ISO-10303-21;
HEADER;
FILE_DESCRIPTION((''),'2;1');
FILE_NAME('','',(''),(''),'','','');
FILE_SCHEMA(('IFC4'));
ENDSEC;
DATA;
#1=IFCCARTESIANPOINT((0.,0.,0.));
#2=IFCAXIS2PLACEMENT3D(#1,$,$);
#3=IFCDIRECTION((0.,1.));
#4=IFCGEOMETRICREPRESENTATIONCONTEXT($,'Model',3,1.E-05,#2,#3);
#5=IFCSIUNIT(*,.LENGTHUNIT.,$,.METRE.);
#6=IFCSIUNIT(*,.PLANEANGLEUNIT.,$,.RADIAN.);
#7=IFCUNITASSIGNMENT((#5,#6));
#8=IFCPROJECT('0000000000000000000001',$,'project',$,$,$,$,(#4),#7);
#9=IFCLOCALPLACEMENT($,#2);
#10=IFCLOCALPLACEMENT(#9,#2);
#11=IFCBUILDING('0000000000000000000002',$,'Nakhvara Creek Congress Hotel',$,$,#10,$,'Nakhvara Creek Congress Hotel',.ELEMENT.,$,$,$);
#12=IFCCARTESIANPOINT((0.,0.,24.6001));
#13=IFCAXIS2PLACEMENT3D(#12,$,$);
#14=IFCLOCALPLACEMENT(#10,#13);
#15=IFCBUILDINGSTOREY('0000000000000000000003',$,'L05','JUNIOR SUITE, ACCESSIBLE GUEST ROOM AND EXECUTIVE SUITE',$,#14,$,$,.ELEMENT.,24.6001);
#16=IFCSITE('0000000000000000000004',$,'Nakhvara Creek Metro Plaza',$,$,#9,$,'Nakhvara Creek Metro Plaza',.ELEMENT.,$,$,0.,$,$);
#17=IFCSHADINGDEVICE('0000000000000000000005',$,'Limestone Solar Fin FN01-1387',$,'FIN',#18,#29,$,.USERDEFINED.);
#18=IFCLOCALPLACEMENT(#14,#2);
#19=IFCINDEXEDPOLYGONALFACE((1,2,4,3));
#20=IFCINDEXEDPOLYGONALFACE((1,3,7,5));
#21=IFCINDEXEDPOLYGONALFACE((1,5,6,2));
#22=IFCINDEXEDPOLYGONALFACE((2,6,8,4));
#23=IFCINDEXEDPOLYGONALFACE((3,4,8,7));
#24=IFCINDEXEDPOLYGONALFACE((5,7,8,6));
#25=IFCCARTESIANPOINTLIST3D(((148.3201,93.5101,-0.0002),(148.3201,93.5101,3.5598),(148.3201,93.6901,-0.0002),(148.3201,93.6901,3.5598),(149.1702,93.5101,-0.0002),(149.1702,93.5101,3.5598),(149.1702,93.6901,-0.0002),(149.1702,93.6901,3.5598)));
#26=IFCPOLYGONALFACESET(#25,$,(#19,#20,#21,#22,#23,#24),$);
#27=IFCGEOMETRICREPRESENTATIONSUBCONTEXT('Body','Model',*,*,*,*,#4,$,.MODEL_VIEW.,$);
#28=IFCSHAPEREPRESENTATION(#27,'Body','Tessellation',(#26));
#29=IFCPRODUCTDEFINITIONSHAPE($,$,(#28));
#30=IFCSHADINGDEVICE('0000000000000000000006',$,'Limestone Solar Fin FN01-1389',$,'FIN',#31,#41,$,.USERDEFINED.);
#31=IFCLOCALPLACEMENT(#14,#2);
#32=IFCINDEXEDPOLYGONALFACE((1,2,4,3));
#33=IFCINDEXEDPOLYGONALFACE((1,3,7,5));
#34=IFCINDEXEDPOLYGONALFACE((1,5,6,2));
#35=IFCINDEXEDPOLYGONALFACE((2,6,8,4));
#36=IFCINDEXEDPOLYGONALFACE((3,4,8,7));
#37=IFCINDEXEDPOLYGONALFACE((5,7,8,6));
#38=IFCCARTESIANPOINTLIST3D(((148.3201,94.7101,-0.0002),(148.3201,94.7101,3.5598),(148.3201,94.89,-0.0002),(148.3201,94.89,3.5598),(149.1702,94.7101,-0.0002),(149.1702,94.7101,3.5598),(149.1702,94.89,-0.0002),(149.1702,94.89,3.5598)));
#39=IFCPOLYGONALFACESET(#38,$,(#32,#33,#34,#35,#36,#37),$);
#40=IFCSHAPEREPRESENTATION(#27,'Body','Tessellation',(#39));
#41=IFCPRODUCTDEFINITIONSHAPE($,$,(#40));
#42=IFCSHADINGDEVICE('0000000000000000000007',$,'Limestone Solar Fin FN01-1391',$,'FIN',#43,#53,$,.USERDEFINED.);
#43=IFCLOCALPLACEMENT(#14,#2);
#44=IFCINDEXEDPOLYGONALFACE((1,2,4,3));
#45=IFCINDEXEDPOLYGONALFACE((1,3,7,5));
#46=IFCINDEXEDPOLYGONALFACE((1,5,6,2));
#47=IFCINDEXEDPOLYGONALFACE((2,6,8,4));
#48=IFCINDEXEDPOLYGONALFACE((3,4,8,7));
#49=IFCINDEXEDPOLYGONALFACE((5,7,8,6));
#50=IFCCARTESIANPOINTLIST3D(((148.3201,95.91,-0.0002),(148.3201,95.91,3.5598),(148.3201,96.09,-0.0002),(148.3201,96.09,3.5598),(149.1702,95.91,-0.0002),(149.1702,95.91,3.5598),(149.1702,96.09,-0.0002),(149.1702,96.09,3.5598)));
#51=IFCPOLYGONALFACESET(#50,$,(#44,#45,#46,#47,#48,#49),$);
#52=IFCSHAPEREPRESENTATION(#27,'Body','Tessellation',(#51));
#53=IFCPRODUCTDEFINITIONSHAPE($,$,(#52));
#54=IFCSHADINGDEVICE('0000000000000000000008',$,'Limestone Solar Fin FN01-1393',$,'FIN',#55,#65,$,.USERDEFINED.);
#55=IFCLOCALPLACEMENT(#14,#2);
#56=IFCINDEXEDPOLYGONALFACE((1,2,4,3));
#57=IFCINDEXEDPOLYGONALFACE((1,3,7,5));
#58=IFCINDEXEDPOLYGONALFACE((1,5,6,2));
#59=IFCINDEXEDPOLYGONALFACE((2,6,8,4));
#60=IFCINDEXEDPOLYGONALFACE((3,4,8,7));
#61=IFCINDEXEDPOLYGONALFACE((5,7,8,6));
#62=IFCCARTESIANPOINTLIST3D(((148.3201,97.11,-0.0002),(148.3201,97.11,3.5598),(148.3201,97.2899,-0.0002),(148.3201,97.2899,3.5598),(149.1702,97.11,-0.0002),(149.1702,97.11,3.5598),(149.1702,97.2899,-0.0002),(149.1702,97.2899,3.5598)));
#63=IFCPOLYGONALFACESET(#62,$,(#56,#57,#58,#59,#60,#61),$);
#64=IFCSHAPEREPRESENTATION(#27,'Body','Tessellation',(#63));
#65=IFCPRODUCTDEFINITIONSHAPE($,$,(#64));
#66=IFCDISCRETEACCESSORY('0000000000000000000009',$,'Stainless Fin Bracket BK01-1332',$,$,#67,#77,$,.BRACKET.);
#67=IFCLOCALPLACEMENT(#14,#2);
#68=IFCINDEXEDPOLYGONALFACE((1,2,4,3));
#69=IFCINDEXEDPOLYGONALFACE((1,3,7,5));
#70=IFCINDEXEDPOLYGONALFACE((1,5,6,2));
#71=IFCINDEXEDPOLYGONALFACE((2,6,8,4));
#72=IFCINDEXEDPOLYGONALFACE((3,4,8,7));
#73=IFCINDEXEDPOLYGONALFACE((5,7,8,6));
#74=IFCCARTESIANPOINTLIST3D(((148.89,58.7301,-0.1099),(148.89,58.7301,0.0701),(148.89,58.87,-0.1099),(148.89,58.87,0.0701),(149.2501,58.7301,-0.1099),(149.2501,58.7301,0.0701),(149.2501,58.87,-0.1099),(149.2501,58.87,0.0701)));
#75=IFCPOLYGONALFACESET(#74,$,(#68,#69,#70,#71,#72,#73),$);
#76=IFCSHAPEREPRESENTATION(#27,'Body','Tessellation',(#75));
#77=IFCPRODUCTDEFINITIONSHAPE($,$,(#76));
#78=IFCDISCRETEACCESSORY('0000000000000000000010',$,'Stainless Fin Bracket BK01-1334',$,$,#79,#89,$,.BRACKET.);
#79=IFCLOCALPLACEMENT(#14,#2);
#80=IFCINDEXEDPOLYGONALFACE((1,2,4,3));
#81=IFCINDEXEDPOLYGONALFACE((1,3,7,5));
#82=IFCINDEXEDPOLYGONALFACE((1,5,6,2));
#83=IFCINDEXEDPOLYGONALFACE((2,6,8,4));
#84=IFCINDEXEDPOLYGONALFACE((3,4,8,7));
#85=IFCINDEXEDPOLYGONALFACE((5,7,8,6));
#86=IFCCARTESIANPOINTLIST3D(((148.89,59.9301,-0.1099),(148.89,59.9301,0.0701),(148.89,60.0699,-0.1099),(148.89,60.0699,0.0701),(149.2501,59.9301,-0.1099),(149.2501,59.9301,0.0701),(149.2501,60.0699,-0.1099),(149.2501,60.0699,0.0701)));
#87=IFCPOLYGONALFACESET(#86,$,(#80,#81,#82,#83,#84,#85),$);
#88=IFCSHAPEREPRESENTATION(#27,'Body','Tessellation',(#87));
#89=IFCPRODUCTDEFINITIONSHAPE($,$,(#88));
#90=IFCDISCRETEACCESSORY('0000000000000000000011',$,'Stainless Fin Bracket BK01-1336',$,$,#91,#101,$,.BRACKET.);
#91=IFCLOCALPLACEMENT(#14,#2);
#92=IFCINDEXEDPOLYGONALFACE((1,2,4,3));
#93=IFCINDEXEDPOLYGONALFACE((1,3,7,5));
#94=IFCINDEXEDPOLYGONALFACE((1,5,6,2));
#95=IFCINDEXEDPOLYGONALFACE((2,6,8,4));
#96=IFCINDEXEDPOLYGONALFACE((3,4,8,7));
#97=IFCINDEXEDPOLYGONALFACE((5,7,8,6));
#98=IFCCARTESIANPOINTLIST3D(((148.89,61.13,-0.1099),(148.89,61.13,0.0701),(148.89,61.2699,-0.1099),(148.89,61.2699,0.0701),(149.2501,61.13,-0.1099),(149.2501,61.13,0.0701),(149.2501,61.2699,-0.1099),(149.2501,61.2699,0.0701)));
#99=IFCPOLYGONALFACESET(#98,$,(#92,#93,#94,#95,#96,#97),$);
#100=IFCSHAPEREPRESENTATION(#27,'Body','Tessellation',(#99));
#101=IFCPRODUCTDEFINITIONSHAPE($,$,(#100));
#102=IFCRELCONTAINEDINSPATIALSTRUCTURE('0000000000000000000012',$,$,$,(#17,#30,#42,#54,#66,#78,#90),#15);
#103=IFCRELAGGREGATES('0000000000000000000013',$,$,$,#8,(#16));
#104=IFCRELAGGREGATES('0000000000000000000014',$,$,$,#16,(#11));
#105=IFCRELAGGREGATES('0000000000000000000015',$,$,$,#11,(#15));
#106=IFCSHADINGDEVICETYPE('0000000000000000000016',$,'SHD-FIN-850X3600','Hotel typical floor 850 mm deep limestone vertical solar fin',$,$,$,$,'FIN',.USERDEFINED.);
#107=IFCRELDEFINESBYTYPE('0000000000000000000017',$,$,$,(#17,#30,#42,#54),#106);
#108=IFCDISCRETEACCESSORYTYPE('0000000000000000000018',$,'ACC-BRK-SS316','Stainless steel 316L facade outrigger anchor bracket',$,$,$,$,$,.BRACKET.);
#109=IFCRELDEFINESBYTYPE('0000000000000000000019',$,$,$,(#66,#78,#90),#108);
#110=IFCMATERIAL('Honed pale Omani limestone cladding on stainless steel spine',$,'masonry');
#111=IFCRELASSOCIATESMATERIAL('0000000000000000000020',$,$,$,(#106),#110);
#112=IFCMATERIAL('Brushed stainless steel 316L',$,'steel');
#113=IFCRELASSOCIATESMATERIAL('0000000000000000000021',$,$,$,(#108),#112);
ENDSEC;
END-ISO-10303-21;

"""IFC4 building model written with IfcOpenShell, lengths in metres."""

from ifc_helpers import new_model, si_unit, direction, frame, origin, origin_2d, place, context, subcontext, project, spatial, rectangle, extrude, material, type_object, element, save


model = new_model("IFC4")

# Units and contexts
model_context = context("Model", 3, precision=1e-05, world=origin(), true_north=direction((0.0, 1.0)))
body_context = subcontext(model_context, "Body", "Model", "MODEL_VIEW")
ifc_project = project(units=[si_unit("LENGTHUNIT", "METRE"), si_unit("PLANEANGLEUNIT", "RADIAN")], contexts=[model_context])

# Site, building, storey
site_placement = place(None, origin())
site = spatial("IfcSite", under=ifc_project, at=site_placement, Name="Nakhvara Creek Metro Plaza", LongName="Nakhvara Creek Metro Plaza", CompositionType="ELEMENT", RefElevation=0.0)
building_placement = place(site_placement, origin())
building = spatial("IfcBuilding", under=site, at=building_placement, Name="Nakhvara Creek Congress Hotel", LongName="Nakhvara Creek Congress Hotel", CompositionType="ELEMENT")
storey_placement = place(building_placement, frame((0.0, 0.0, 24.6001)))
storey = spatial("IfcBuildingStorey", under=building, at=storey_placement, Name="L05", Description="JUNIOR SUITE, ACCESSIBLE GUEST ROOM AND EXECUTIVE SUITE", CompositionType="ELEMENT", Elevation=24.6001)

# Shading devices
ifc_material_1 = material(Name="Honed pale Omani limestone cladding on stainless steel spine", Category="masonry")
shading_device_type = type_object("IfcShadingDeviceType", Name="SHD-FIN-850X3600", Description="Hotel typical floor 850 mm deep limestone vertical solar fin", ElementType="FIN", PredefinedType="USERDEFINED", material=ifc_material_1)
for number, where, z_axis, x_axis, name in (
    (1, (148.7451, 93.6001, -0.0002), (0.0, 0.0, 1.0), (0.0, 1.0, 0.0), "Limestone Solar Fin FN01-1387"),
    (2, (148.7451, 94.8, -0.0002), (0.0, 0.0, 1.0), (0.0, 1.0, 0.0), "Limestone Solar Fin FN01-1389"),
    (3, (148.7451, 96.0, -0.0002), (0.0, 0.0, 1.0), (0.0, 1.0, 0.0), "Limestone Solar Fin FN01-1391"),
    (4, (148.7451, 97.2, -0.0002), (0.0, 0.0, 1.0), (0.0, 1.0, 0.0), "Limestone Solar Fin FN01-1393"),
):
    element("IfcShadingDevice", number, at=place(storey_placement, frame(where, z_axis=z_axis, x_axis=x_axis)), inside=storey, type_object=shading_device_type, Name=name, ObjectType="FIN", PredefinedType="USERDEFINED", context=body_context, shape_type="SweptSolid", body=[
        extrude(rectangle(XDim=0.1799, YDim=0.8501, at=origin_2d()), origin(), (0.0, 0.0, 1.0), 3.5601),
    ])

# Discrete accessories
ifc_material_2 = material(Name="Brushed stainless steel 316L", Category="steel")
discrete_accessory_type = type_object("IfcDiscreteAccessoryType", Name="ACC-BRK-SS316", Description="Stainless steel 316L facade outrigger anchor bracket", PredefinedType="BRACKET", material=ifc_material_2)
for number, where, z_axis, x_axis, name in (
    (5, (149.0701, 58.8, -0.1099), (0.0, 0.0, 1.0), (0.0, 1.0, 0.0), "Stainless Fin Bracket BK01-1332"),
    (6, (149.0701, 60.0, -0.1099), (0.0, 0.0, 1.0), (0.0, 1.0, 0.0), "Stainless Fin Bracket BK01-1334"),
    (7, (149.0701, 61.2, -0.1099), (0.0, 0.0, 1.0), (0.0, 1.0, 0.0), "Stainless Fin Bracket BK01-1336"),
):
    element("IfcDiscreteAccessory", number, at=place(storey_placement, frame(where, z_axis=z_axis, x_axis=x_axis)), inside=storey, type_object=discrete_accessory_type, Name=name, PredefinedType="BRACKET", context=body_context, shape_type="SweptSolid", body=[
        extrude(rectangle(XDim=0.1399, YDim=0.3601, at=origin_2d()), origin(), (0.0, 0.0, 1.0), 0.1799),
    ])

save(model, "model.ifc")
